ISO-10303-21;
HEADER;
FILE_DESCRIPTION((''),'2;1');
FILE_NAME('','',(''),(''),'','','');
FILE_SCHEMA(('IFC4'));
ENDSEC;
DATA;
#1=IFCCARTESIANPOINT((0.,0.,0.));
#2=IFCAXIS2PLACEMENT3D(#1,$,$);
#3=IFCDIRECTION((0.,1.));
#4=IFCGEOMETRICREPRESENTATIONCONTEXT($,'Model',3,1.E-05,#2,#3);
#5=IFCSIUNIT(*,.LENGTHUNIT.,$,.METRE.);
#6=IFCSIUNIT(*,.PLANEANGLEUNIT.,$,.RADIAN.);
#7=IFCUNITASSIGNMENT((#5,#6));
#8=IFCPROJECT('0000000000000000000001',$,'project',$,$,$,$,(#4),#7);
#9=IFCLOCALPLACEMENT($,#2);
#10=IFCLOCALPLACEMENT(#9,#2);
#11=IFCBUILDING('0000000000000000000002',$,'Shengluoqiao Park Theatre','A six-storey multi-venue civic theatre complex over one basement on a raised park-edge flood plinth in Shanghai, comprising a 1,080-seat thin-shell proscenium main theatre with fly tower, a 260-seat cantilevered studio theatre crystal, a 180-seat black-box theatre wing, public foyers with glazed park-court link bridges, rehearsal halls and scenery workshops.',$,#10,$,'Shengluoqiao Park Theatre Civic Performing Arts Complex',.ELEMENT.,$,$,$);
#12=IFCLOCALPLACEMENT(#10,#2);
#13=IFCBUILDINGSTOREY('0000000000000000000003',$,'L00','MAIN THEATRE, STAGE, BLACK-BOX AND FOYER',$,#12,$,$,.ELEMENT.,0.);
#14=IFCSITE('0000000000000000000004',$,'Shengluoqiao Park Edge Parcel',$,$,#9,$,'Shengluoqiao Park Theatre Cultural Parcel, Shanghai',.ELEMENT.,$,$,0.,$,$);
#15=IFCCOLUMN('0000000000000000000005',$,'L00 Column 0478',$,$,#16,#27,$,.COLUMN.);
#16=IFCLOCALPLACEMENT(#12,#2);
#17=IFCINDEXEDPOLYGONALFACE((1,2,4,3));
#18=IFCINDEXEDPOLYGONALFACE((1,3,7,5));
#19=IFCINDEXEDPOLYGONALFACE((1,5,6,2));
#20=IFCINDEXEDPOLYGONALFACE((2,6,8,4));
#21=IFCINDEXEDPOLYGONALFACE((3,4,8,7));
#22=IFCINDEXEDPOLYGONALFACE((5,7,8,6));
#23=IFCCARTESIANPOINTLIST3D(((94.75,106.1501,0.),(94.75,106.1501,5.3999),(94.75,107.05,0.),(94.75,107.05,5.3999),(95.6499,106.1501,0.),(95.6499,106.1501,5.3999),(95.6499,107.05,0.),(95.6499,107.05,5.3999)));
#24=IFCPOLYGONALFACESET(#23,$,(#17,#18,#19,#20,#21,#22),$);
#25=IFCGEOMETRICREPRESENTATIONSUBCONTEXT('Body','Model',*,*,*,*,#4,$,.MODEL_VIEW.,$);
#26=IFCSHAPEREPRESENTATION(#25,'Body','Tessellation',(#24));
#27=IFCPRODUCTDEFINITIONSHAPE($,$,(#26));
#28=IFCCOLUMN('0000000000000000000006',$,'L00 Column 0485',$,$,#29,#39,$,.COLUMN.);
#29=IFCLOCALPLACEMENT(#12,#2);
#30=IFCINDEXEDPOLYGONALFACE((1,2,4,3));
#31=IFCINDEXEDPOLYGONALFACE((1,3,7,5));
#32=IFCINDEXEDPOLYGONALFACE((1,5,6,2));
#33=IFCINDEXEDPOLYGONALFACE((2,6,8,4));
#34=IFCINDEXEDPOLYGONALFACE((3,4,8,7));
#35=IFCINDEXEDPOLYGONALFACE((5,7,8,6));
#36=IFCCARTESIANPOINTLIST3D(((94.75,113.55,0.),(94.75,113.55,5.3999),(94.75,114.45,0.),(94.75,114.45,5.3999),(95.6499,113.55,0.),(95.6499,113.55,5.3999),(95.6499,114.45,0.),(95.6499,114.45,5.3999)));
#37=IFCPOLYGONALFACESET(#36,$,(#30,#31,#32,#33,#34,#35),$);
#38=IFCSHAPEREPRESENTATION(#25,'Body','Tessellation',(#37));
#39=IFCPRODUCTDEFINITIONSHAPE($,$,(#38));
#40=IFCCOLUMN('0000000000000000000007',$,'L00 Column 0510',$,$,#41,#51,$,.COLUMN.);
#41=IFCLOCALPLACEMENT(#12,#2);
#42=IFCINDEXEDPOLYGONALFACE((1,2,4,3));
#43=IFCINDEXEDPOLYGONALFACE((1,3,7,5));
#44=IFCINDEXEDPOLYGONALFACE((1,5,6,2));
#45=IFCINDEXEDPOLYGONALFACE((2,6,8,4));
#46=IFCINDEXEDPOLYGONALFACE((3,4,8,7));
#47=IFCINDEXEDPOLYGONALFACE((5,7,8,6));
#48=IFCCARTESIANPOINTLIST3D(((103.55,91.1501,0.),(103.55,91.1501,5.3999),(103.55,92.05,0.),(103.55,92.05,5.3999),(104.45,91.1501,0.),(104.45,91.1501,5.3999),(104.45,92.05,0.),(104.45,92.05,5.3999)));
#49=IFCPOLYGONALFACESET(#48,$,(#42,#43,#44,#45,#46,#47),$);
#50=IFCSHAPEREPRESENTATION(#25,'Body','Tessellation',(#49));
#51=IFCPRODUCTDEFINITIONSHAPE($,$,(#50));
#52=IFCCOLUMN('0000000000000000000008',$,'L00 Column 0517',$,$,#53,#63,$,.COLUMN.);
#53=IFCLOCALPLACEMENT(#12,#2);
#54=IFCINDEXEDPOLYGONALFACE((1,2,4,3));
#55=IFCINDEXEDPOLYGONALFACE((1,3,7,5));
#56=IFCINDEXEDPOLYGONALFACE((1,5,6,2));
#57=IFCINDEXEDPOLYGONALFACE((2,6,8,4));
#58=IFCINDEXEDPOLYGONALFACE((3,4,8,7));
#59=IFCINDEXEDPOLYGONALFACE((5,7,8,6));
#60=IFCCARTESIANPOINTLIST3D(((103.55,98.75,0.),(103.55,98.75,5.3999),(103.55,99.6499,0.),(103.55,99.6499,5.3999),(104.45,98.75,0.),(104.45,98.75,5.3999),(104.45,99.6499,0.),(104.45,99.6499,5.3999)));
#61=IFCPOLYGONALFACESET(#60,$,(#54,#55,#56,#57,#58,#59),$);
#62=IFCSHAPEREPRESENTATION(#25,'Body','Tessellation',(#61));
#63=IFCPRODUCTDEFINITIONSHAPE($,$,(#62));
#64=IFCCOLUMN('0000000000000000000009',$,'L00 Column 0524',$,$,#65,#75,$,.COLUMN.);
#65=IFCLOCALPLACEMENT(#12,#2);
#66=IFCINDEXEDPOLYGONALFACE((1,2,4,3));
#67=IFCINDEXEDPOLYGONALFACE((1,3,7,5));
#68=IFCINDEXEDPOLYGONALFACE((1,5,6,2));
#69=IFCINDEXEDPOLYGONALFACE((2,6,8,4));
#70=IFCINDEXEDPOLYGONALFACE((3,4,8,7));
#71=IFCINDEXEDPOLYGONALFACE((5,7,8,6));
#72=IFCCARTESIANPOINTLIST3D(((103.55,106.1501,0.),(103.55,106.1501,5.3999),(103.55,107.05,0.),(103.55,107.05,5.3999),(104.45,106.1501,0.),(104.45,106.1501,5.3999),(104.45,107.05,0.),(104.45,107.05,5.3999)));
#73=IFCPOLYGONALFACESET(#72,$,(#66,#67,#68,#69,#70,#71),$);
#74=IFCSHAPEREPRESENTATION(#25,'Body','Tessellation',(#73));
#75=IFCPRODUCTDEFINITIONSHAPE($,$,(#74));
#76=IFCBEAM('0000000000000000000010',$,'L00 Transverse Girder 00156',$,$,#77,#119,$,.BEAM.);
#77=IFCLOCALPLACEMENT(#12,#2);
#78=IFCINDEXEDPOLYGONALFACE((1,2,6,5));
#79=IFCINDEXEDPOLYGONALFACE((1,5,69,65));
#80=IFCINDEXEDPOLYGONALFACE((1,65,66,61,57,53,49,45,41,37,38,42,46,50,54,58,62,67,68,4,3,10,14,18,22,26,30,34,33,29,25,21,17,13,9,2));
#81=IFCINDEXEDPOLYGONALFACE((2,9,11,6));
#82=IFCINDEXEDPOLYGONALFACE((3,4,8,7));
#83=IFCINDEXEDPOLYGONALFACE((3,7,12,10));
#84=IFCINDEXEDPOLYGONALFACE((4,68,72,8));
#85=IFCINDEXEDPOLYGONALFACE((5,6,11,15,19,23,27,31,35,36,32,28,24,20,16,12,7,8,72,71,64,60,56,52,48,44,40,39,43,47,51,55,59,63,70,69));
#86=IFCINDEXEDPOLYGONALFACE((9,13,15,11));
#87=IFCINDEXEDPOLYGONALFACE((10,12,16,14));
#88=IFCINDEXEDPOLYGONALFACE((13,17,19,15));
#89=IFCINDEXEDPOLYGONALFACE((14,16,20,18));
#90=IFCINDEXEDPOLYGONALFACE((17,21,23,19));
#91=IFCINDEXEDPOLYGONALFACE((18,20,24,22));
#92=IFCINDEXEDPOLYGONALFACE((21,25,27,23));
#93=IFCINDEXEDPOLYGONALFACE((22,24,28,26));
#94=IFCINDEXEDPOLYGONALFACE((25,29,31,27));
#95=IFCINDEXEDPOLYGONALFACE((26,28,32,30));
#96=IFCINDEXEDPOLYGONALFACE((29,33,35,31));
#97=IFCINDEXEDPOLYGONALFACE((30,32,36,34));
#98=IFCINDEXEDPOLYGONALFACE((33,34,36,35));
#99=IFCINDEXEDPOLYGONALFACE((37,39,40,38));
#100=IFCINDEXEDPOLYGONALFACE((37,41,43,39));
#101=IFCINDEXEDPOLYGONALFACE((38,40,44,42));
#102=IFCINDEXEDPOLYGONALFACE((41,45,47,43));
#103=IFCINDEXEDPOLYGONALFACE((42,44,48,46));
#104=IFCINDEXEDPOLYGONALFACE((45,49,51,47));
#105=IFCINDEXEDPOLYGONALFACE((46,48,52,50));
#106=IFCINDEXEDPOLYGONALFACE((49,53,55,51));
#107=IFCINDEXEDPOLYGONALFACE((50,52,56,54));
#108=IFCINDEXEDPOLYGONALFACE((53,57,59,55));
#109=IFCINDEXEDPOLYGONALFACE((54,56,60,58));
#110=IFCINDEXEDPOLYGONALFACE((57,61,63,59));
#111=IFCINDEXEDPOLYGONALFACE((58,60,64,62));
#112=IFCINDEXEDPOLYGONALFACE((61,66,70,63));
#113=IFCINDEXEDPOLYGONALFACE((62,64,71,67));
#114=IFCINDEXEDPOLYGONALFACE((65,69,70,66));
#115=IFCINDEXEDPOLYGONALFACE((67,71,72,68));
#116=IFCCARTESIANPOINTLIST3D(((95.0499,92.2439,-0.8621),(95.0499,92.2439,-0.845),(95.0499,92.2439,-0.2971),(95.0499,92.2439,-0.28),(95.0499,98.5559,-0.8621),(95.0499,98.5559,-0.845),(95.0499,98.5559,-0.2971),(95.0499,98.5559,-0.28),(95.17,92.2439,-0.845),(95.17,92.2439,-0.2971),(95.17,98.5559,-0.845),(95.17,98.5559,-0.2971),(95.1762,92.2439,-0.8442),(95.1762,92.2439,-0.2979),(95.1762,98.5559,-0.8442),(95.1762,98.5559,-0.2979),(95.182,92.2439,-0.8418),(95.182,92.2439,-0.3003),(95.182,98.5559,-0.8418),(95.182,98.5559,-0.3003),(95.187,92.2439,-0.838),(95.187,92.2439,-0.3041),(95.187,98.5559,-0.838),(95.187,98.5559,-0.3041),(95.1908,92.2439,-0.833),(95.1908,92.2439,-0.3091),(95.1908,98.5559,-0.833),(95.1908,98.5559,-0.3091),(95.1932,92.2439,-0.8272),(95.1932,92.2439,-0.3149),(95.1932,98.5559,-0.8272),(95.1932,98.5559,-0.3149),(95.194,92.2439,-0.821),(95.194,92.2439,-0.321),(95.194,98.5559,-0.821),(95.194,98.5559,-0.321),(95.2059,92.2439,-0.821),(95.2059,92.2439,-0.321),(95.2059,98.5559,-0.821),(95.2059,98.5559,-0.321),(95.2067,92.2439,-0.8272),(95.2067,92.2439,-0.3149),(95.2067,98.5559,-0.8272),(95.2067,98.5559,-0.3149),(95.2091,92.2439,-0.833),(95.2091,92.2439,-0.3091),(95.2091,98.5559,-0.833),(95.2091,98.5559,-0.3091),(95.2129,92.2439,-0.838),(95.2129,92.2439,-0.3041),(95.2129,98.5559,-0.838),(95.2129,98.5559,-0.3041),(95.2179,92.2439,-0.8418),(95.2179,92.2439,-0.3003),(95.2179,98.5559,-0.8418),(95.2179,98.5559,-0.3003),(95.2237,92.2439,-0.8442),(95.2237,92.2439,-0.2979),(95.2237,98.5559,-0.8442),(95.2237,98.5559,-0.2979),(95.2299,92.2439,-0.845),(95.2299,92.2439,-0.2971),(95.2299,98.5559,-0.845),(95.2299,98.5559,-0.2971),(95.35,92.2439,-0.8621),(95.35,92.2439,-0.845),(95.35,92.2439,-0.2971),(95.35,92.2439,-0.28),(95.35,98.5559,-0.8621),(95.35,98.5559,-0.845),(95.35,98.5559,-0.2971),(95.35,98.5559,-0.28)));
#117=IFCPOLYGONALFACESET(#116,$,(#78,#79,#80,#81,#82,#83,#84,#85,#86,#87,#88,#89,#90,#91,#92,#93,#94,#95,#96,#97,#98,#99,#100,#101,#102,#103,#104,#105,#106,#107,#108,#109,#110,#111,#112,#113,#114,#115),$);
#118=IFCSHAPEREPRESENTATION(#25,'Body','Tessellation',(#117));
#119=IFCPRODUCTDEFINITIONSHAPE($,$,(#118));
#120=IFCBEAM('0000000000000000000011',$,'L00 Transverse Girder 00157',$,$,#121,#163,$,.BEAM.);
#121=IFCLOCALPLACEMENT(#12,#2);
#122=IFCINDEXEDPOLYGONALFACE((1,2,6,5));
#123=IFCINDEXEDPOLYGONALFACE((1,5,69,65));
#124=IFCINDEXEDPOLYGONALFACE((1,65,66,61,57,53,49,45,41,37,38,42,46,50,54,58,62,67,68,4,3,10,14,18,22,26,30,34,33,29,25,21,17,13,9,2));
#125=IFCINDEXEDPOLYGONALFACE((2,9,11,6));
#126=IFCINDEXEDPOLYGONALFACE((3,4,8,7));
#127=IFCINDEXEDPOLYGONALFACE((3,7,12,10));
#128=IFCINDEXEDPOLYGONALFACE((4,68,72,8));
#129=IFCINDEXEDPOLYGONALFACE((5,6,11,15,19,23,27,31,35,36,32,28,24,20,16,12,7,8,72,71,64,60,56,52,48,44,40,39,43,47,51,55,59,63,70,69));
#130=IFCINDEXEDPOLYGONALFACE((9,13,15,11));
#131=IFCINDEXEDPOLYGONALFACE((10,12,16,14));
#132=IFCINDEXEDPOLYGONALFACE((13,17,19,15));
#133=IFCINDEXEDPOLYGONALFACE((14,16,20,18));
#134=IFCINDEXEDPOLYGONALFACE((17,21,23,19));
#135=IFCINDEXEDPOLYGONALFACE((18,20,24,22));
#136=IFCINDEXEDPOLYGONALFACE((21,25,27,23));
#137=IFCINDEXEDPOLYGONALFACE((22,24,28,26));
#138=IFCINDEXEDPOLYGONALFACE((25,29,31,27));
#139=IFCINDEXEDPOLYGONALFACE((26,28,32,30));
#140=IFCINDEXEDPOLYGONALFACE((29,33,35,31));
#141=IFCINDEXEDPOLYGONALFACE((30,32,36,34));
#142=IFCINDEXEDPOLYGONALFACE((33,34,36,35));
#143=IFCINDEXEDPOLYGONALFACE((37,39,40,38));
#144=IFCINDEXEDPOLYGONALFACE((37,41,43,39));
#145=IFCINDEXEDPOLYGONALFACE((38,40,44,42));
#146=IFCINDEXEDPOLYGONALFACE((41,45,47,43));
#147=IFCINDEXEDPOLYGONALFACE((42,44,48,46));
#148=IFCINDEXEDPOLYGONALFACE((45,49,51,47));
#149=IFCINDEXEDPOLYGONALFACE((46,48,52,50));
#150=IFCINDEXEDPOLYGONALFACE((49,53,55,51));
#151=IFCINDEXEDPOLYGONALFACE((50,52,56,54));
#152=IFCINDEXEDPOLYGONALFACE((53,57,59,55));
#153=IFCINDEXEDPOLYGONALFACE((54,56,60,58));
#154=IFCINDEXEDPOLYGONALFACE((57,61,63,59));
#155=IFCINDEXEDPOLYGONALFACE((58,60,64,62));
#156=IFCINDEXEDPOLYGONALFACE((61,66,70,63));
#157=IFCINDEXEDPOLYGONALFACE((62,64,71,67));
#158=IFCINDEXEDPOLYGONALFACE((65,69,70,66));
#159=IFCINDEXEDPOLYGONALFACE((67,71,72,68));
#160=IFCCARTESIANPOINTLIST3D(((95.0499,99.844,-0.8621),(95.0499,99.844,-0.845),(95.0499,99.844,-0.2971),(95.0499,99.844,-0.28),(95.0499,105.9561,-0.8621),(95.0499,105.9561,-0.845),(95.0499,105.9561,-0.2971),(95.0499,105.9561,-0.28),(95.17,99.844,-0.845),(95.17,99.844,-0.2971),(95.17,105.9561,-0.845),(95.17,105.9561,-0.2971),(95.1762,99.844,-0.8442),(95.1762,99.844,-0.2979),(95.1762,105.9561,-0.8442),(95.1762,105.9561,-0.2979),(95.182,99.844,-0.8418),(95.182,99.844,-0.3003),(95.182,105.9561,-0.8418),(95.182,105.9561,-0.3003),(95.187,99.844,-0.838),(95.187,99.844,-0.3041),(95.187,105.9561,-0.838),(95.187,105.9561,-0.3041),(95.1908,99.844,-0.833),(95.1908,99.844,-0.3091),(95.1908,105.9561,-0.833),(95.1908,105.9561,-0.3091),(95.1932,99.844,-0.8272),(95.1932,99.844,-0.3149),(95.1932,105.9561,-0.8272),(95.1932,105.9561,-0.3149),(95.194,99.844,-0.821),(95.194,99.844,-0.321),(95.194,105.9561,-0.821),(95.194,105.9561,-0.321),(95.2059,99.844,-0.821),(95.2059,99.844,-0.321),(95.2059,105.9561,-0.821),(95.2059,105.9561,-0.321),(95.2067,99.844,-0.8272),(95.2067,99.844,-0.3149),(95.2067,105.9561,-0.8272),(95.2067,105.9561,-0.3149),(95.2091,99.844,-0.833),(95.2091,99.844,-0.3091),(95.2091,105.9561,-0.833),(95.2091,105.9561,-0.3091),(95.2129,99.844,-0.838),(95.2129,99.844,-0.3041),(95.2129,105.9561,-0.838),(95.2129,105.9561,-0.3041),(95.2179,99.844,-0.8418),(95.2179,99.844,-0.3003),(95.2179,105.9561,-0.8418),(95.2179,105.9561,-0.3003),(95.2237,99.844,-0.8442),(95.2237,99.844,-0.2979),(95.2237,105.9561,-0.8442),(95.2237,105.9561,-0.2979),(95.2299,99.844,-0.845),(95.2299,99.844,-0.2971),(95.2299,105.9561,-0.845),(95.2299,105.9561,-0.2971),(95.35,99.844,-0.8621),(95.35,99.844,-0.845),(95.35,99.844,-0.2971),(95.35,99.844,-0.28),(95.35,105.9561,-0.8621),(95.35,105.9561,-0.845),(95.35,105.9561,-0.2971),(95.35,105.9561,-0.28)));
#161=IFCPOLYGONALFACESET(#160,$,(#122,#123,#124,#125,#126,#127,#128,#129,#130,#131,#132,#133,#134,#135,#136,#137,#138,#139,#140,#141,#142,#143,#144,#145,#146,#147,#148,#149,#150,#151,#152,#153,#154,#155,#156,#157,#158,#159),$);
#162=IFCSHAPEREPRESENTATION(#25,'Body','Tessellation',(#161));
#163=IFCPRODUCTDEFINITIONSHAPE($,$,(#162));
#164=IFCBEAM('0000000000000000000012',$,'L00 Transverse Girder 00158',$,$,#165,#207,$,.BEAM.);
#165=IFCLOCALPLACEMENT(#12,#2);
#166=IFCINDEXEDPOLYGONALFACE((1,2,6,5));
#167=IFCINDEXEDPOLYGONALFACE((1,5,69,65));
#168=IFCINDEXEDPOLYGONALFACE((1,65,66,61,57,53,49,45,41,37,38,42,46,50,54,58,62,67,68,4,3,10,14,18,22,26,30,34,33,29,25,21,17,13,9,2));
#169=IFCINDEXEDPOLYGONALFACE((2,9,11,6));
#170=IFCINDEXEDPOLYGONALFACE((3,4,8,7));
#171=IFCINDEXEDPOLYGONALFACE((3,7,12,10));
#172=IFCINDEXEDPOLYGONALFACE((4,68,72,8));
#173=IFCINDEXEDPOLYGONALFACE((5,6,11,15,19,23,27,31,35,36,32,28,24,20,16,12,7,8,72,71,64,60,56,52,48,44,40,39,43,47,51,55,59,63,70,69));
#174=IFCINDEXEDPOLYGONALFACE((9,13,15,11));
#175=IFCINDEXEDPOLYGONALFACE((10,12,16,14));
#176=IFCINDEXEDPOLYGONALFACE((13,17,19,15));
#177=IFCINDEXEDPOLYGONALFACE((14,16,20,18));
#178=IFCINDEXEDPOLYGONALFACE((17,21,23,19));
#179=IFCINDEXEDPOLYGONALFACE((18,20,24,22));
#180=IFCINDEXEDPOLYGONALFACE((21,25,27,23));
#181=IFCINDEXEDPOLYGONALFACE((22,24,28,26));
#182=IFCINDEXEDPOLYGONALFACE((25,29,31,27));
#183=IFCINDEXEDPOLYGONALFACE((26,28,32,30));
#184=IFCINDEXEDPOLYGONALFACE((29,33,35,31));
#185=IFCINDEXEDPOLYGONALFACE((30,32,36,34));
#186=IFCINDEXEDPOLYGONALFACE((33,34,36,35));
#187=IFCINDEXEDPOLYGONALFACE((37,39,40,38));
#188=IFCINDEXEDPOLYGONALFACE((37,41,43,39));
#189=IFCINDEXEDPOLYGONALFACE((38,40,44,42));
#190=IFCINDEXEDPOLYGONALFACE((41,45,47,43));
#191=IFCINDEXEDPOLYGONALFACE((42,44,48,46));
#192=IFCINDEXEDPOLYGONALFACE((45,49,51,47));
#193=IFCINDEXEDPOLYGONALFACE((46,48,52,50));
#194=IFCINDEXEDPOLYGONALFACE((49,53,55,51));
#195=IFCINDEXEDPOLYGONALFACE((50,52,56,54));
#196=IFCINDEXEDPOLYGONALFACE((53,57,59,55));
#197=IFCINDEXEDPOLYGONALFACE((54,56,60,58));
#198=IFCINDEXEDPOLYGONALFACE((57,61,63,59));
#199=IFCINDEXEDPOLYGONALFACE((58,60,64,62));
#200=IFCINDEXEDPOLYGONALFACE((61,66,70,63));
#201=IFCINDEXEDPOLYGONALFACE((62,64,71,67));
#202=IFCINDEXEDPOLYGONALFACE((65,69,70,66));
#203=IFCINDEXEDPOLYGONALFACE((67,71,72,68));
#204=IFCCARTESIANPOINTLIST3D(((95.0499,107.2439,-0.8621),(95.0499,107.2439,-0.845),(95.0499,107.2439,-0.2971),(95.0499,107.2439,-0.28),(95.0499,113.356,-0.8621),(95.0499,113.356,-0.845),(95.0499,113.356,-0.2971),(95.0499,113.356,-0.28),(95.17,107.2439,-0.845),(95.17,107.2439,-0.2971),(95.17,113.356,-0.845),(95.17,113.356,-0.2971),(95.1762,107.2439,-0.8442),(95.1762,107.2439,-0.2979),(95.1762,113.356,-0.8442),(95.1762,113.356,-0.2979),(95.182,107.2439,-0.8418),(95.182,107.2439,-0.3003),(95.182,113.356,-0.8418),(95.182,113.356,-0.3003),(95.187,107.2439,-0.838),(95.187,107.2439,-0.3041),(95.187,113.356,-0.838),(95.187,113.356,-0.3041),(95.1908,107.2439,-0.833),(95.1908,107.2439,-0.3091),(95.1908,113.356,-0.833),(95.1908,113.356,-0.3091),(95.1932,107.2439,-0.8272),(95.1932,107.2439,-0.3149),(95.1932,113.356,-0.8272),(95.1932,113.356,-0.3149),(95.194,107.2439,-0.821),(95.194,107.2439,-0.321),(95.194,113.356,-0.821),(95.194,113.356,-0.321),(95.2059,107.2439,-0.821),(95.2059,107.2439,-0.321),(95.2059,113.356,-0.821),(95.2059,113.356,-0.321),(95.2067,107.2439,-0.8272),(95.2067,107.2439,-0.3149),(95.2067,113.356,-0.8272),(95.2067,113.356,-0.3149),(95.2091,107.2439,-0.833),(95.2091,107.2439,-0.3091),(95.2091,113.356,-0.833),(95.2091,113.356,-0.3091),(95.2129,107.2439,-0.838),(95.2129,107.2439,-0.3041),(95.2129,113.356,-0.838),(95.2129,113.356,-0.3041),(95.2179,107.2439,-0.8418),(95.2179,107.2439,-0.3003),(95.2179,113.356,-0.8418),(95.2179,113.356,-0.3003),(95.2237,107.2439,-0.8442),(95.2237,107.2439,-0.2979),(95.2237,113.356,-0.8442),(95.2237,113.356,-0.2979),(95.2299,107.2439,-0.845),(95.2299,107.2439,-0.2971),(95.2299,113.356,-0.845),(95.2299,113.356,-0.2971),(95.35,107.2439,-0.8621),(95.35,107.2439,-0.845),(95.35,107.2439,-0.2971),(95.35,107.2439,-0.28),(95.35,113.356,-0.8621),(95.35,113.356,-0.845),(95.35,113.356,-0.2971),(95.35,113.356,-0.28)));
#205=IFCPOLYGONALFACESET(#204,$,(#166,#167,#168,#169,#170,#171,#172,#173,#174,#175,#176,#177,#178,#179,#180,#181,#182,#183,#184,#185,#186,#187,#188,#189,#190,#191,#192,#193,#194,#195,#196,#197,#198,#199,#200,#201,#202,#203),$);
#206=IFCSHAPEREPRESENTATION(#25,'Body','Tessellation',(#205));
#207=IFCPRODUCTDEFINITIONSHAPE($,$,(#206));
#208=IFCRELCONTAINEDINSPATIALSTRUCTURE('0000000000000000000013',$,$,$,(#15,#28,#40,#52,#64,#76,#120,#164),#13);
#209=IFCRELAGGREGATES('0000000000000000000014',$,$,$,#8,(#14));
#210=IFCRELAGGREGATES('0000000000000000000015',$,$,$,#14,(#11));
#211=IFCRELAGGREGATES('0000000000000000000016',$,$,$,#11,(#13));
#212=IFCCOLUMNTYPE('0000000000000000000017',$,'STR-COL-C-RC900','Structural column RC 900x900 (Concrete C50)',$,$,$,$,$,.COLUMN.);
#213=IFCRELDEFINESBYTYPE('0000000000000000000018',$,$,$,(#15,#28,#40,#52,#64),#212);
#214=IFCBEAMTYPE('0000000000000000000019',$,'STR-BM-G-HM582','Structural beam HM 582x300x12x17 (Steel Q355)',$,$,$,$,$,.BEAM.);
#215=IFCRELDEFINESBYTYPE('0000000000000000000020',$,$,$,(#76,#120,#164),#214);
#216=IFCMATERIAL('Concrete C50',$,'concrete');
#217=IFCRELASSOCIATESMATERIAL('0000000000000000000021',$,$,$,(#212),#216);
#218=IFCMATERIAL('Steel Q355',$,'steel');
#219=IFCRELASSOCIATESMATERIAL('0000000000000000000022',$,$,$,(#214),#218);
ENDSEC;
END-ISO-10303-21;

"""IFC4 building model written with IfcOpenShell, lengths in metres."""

from ifc_helpers import new_model, si_unit, direction, frame, origin, origin_2d, place, context, subcontext, project, spatial, rectangle, i_section, extrude, material, material_profile, profile_set, type_object, element, save


model = new_model("IFC4")

# Units and contexts
model_context = context("Model", 3, precision=1e-05, world=origin(), true_north=direction((0.0, 1.0)))
body_context = subcontext(model_context, "Body", "Model", "MODEL_VIEW")
ifc_project = project(units=[si_unit("LENGTHUNIT", "METRE"), si_unit("PLANEANGLEUNIT", "RADIAN")], contexts=[model_context])

# Site, building, storey
site_placement = place(None, origin())
site = spatial("IfcSite", under=ifc_project, at=site_placement, Name="Shengluoqiao Park Edge Parcel", LongName="Shengluoqiao Park Theatre Cultural Parcel, Shanghai", CompositionType="ELEMENT", RefElevation=0.0)
building_placement = place(site_placement, origin())
building = spatial("IfcBuilding", under=site, at=building_placement, Name="Shengluoqiao Park Theatre", Description="A six-storey multi-venue civic theatre complex over one basement on a raised park-edge flood plinth in Shanghai, comprising a 1,080-seat thin-shell proscenium main theatre with fly tower, a 260-seat cantilevered studio theatre crystal, a 180-seat black-box theatre wing, public foyers with glazed park-court link bridges, rehearsal halls and scenery workshops.", LongName="Shengluoqiao Park Theatre Civic Performing Arts Complex", CompositionType="ELEMENT")
storey_placement = place(building_placement, origin())
storey = spatial("IfcBuildingStorey", under=building, at=storey_placement, Name="L00", Description="MAIN THEATRE, STAGE, BLACK-BOX AND FOYER", CompositionType="ELEMENT", Elevation=0.0)

# Columns
ifc_material_1 = material(Name="Concrete C50", Category="concrete")
ifc_material_profile_1 = material_profile(ifc_material_1, rectangle(XDim=0.8999, YDim=0.8999, at=origin_2d()), Name="RC 900x900")
ifc_profile_set_1 = profile_set([ifc_material_profile_1], Name="Concrete C50")
column_type = type_object("IfcColumnType", Name="STR-COL-C-RC900", Description="Structural column RC 900x900 (Concrete C50)", PredefinedType="COLUMN", material=ifc_profile_set_1)
for number, where, z_axis, x_axis, name in (
    (1, (95.2, 106.6001, 0.0), (0.0, 0.0, 1.0), (1.0, 0.0, 0.0), "L00 Column 0478"),
    (2, (95.2, 114.0, 0.0), (0.0, 0.0, 1.0), (1.0, 0.0, 0.0), "L00 Column 0485"),
    (3, (104.0, 91.6001, 0.0), (0.0, 0.0, 1.0), (1.0, 0.0, 0.0), "L00 Column 0510"),
    (4, (104.0, 99.2, 0.0), (0.0, 0.0, 1.0), (1.0, 0.0, 0.0), "L00 Column 0517"),
    (5, (104.0, 106.6001, 0.0), (0.0, 0.0, 1.0), (1.0, 0.0, 0.0), "L00 Column 0524"),
):
    element("IfcColumn", number, at=place(storey_placement, frame(where, z_axis=z_axis, x_axis=x_axis)), inside=storey, type_object=column_type, Name=name, PredefinedType="COLUMN", context=body_context, shape_type="SweptSolid", body=[
        extrude(rectangle(XDim=0.8999, YDim=0.8999, at=origin_2d()), origin(), (0.0, 0.0, 1.0), 5.3999),
    ])

# Beams
ifc_material_2 = material(Name="Steel Q355", Category="steel")
ifc_material_profile_2 = material_profile(ifc_material_2, i_section(OverallWidth=0.3, OverallDepth=0.582, WebThickness=0.012, FlangeThickness=0.0171, FilletRadius=0.0239, at=origin_2d()), Name="HM 582x300x12x17")
ifc_profile_set_2 = profile_set([ifc_material_profile_2], Name="Steel Q355")
beam_type_1 = type_object("IfcBeamType", Name="STR-BM-G-HM582", Description="Structural beam HM 582x300x12x17 (Steel Q355)", PredefinedType="BEAM", material=ifc_profile_set_2)
beam_1_placement = place(storey_placement, frame((95.2, 92.2439, -0.571), z_axis=(0.0, 1.0, 0.0), x_axis=(-1.0, 0.0, 0.0)))
element("IfcBeam", 6, at=beam_1_placement, inside=storey, type_object=beam_type_1, Name="L00 Transverse Girder 00156", PredefinedType="BEAM", context=body_context, shape_type="SweptSolid", body=[
    extrude(i_section(OverallWidth=0.3, OverallDepth=0.582, WebThickness=0.012, FlangeThickness=0.0171, FilletRadius=0.0239, at=origin_2d()), origin(), (0.0, 0.0, 1.0), 6.312),
])
for number, where, z_axis, x_axis, name in (
    (7, (95.2, 99.844, -0.571), (0.0, 1.0, 0.0), (-1.0, 0.0, 0.0), "L00 Transverse Girder 00157"),
    (8, (95.2, 107.2439, -0.571), (0.0, 1.0, 0.0), (-1.0, 0.0, 0.0), "L00 Transverse Girder 00158"),
):
    element("IfcBeam", number, at=place(storey_placement, frame(where, z_axis=z_axis, x_axis=x_axis)), inside=storey, type_object=beam_type_1, Name=name, PredefinedType="BEAM", context=body_context, shape_type="SweptSolid", body=[
        extrude(i_section(OverallWidth=0.3, OverallDepth=0.582, WebThickness=0.012, FlangeThickness=0.0171, FilletRadius=0.0239, at=origin_2d()), origin(), (0.0, 0.0, 1.0), 6.1121),
    ])

save(model, "model.ifc")
